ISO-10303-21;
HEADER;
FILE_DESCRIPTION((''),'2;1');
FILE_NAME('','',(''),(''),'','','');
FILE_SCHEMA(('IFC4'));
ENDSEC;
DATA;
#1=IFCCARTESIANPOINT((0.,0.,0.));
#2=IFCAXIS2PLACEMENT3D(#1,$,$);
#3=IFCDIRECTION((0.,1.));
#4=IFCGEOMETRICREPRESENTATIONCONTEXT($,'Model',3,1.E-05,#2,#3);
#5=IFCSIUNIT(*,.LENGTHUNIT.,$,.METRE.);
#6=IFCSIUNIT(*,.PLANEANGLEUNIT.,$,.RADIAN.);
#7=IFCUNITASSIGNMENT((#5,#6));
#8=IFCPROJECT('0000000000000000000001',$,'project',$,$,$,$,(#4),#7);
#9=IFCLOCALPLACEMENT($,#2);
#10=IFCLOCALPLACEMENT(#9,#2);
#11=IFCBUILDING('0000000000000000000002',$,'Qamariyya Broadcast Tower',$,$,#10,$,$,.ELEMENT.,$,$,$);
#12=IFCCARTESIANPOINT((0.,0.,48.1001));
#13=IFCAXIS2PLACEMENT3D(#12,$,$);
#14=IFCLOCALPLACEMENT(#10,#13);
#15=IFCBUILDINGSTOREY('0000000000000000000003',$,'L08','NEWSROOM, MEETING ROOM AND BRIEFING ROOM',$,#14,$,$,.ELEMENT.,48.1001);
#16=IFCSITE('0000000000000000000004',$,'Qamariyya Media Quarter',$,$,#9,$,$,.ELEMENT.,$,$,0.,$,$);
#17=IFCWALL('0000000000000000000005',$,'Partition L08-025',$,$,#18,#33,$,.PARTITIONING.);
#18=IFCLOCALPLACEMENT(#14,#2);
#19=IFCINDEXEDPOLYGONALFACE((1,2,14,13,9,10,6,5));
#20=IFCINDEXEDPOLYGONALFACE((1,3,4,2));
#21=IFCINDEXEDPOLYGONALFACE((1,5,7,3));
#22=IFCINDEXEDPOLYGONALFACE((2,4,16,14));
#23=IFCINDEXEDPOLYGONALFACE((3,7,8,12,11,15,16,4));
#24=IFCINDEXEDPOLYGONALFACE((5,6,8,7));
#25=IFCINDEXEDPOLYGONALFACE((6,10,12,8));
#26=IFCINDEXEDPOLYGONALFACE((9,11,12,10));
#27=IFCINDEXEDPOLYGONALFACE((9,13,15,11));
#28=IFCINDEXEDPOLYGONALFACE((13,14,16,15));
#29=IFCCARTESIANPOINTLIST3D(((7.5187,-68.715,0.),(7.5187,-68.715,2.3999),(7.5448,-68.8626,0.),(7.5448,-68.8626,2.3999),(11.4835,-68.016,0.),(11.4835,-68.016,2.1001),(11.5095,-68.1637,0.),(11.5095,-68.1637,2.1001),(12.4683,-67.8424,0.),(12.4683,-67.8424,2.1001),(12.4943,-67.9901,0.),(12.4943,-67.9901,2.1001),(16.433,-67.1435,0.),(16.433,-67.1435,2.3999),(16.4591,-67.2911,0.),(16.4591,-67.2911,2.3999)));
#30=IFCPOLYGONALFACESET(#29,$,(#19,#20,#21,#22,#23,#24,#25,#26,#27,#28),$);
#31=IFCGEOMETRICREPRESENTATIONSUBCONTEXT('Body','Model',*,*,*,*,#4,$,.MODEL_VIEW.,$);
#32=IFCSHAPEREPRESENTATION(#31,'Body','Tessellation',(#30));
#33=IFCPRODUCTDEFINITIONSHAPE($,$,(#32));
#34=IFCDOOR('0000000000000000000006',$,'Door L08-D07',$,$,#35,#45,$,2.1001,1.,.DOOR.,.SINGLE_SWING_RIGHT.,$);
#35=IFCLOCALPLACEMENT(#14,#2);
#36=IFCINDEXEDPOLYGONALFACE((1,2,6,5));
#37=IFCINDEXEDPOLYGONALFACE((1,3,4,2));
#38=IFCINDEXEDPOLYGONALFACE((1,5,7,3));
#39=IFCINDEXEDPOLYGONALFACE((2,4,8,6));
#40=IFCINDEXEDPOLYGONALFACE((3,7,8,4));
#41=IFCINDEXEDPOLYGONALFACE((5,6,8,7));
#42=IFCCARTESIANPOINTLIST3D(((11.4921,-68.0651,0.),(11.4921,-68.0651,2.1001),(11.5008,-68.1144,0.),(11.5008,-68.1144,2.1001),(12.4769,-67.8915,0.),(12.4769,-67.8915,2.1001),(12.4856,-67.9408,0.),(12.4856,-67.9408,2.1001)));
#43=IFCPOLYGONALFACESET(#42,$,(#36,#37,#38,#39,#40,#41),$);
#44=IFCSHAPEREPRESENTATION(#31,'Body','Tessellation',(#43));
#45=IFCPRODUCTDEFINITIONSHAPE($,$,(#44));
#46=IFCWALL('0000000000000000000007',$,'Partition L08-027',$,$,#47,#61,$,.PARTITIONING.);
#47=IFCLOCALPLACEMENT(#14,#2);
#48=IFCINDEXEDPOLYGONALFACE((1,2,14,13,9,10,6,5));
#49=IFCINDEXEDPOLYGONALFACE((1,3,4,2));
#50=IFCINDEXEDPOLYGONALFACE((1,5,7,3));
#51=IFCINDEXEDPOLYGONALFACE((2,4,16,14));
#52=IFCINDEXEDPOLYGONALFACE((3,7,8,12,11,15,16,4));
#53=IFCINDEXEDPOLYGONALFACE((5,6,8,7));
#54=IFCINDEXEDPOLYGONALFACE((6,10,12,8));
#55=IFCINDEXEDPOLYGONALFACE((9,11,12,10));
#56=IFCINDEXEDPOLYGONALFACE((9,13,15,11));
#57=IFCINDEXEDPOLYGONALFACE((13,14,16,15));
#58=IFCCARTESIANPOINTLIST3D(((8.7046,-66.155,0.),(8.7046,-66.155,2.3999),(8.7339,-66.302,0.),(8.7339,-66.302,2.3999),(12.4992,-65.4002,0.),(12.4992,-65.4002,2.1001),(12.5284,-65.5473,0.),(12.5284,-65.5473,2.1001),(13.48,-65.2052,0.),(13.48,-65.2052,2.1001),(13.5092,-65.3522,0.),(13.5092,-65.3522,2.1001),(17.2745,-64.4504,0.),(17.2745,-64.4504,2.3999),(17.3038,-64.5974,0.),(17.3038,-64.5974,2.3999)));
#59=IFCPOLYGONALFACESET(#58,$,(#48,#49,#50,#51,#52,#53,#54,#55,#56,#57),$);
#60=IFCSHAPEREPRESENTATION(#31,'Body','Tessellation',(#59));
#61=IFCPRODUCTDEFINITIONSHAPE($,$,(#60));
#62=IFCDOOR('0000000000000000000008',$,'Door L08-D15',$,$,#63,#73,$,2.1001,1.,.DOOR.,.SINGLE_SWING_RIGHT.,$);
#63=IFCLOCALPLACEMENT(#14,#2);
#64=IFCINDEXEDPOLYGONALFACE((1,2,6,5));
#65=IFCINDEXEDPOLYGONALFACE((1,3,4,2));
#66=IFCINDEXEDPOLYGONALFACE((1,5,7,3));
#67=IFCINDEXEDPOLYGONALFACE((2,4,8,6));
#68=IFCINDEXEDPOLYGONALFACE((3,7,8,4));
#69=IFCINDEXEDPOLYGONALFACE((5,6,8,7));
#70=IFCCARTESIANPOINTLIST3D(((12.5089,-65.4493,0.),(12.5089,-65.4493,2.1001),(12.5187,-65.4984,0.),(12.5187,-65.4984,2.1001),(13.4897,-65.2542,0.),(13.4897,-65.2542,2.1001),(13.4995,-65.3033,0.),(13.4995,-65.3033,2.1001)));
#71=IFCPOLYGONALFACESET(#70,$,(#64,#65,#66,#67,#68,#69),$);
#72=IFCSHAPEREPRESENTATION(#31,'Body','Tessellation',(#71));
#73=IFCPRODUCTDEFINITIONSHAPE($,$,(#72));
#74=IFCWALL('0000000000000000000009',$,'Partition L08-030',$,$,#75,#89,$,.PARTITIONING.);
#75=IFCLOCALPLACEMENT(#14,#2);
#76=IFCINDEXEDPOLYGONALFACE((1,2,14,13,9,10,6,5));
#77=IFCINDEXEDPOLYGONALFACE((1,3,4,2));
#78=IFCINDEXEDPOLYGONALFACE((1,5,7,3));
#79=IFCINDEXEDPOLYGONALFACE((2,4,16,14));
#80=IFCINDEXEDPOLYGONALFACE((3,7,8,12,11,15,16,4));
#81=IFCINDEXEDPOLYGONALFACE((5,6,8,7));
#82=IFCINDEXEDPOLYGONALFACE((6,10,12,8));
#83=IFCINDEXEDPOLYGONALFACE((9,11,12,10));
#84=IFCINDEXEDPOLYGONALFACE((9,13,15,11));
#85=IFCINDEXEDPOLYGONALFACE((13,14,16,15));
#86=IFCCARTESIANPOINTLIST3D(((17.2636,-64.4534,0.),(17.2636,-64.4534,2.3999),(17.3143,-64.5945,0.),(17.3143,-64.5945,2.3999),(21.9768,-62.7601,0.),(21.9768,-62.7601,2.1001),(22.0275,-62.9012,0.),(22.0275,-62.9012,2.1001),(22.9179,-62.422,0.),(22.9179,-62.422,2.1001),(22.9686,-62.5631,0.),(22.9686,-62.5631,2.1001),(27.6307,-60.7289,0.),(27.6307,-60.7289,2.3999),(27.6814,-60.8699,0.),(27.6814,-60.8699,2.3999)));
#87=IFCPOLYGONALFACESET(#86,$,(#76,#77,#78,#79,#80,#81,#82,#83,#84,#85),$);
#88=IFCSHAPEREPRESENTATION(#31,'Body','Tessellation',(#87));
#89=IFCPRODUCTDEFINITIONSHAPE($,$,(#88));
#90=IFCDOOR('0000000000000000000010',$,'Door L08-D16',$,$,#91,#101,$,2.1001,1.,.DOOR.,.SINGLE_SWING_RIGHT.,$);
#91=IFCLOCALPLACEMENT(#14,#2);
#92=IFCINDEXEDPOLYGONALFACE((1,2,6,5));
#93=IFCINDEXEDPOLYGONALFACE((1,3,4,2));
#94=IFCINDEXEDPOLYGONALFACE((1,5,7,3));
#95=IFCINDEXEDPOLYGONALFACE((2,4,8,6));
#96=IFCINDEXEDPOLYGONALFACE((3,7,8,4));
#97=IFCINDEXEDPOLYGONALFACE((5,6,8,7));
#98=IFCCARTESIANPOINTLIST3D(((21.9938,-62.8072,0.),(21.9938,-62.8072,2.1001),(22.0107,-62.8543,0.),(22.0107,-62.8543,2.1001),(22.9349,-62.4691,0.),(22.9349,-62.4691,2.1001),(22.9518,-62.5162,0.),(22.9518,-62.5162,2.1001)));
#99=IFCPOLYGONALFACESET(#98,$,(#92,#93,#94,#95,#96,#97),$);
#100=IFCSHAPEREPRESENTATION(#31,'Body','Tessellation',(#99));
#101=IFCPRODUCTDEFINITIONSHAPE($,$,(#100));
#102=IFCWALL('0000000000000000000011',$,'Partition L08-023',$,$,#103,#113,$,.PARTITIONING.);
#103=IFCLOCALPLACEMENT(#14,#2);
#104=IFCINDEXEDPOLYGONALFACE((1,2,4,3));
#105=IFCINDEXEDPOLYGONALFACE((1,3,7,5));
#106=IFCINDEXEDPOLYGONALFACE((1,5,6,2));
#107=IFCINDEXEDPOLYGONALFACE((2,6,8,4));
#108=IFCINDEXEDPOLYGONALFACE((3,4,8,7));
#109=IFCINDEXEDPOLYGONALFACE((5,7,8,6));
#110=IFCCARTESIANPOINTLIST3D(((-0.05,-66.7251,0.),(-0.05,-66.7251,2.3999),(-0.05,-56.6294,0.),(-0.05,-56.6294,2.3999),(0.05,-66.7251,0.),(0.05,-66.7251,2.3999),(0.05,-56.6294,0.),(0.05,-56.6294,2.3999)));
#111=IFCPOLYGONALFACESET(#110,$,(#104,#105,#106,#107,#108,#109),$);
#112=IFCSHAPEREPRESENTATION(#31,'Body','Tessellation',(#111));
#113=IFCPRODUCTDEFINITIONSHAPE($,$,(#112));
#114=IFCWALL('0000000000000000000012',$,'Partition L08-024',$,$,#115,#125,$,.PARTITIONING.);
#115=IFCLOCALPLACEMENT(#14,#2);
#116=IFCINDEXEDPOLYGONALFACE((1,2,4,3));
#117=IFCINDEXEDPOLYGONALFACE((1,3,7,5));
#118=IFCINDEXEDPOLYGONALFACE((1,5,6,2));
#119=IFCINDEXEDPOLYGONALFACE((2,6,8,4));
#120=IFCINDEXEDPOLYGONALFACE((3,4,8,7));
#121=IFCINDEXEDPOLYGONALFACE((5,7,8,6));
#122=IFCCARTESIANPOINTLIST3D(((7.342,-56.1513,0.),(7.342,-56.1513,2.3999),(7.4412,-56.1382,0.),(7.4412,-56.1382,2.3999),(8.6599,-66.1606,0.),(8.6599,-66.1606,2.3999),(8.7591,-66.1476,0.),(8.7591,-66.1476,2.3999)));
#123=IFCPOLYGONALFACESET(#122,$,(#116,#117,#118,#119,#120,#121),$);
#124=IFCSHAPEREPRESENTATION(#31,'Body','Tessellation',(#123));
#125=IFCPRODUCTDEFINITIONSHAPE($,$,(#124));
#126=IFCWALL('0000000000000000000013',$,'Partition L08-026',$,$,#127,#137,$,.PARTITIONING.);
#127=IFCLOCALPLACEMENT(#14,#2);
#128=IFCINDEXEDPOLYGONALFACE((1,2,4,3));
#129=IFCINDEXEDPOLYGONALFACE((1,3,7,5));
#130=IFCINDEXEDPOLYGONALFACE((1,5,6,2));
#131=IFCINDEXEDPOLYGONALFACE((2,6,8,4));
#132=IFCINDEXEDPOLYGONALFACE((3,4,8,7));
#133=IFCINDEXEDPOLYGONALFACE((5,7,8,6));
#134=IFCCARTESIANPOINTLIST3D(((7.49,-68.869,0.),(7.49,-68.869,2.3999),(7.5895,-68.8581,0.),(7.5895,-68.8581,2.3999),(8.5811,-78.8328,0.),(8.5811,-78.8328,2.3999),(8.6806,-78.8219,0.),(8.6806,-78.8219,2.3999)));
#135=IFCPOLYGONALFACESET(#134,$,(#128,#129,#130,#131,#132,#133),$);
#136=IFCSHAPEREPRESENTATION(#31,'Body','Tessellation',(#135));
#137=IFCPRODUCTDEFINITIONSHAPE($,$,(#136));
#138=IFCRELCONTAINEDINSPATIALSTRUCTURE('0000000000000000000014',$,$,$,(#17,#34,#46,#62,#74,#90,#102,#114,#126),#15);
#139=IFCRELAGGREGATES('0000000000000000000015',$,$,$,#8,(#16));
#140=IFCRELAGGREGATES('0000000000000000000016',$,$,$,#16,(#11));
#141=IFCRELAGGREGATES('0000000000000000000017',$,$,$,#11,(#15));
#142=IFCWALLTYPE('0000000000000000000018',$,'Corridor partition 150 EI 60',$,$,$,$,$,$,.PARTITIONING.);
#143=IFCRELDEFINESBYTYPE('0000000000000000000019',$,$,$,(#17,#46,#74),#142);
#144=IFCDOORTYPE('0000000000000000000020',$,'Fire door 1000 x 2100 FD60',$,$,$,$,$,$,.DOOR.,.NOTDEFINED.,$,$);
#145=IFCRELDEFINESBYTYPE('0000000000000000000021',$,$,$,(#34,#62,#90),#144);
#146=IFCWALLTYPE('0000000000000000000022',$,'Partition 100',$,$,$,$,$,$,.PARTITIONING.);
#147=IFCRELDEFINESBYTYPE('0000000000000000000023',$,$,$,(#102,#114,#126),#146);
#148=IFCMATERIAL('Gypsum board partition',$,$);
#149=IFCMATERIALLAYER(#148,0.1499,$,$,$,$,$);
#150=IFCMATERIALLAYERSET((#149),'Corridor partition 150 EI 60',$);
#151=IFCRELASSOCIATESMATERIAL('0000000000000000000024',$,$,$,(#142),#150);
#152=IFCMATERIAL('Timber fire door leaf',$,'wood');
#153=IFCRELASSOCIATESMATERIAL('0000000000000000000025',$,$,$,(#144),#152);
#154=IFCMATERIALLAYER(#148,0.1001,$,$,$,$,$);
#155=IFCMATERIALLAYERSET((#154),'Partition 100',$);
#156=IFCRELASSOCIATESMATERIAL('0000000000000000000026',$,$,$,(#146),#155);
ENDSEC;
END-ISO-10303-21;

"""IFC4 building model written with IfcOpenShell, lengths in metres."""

from ifc_helpers import new_model, si_unit, direction, frame, frame_2d, origin, place, context, subcontext, project, spatial, rectangle, extrude, material, layer, layer_set, type_object, element, fill, save


model = new_model("IFC4")

# Units and contexts
model_context = context("Model", 3, precision=1e-05, world=origin(), true_north=direction((0.0, 1.0)))
body_context = subcontext(model_context, "Body", "Model", "MODEL_VIEW")
ifc_project = project(units=[si_unit("LENGTHUNIT", "METRE"), si_unit("PLANEANGLEUNIT", "RADIAN")], contexts=[model_context])

# Site, building, storey
site_placement = place(None, origin())
site = spatial("IfcSite", under=ifc_project, at=site_placement, Name="Qamariyya Media Quarter", CompositionType="ELEMENT", RefElevation=0.0)
building_placement = place(site_placement, origin())
building = spatial("IfcBuilding", under=site, at=building_placement, Name="Qamariyya Broadcast Tower", CompositionType="ELEMENT")
storey_placement = place(building_placement, frame((0.0, 0.0, 48.1001)))
storey = spatial("IfcBuildingStorey", under=building, at=storey_placement, Name="L08", Description="NEWSROOM, MEETING ROOM AND BRIEFING ROOM", CompositionType="ELEMENT", Elevation=48.1001)

# Walls, openings, doors
ifc_material_1 = material(Name="Gypsum board partition")
ifc_layer_1 = layer(ifc_material_1, 0.1499)
ifc_layer_set_1 = layer_set([ifc_layer_1], Name="Corridor partition 150 EI 60")
wall_type_1 = type_object("IfcWallType", Name="Corridor partition 150 EI 60", PredefinedType="PARTITIONING", material=ifc_layer_set_1)
ifc_material_2 = material(Name="Timber fire door leaf", Category="wood")
door_type = type_object("IfcDoorType", Name="Fire door 1000 x 2100 FD60", OperationType="NOTDEFINED", PredefinedType="DOOR", material=ifc_material_2)
wall_1_placement = place(storey_placement, frame((16.446, -67.2173, 0.0), z_axis=(0.0, 0.0, 1.0), x_axis=(-0.984813, -0.173616, 0.0)))
wall_1 = element("IfcWall", 1, at=wall_1_placement, inside=storey, type_object=wall_type_1, Name="Partition L08-025", PredefinedType="PARTITIONING", context=body_context, shape_type="SweptSolid", body=[
    extrude(rectangle(XDim=9.0518, YDim=0.1499, at=frame_2d((4.5259, 0.0))), origin(), (0.0, 0.0, 1.0), 2.3999),
])
opening_1_placement = place(wall_1_placement, frame((4.0259, 0.0, 0.0)))
opening_1 = element("IfcOpeningElement", 2, at=opening_1_placement, cuts=wall_1, PredefinedType="OPENING", context=body_context, shape_type="SweptSolid", body=[
    extrude(rectangle(XDim=1.0, YDim=2.1001, at=frame_2d((0.5, 1.05))), frame((0.0, 0.085, 0.0), z_axis=(0.0, -1.0, 0.0), x_axis=(1.0, 0.0, 0.0)), (0.0, 0.0, 1.0), 0.1699),
])
door_1_placement = place(opening_1_placement, origin())
door_1 = element("IfcDoor", 3, at=door_1_placement, inside=storey, type_object=door_type, Name="Door L08-D07", OperationType="SINGLE_SWING_RIGHT", OverallHeight=2.1001, OverallWidth=1.0, PredefinedType="DOOR", context=body_context, shape_type="SweptSolid", body=[
    extrude(rectangle(XDim=1.0, YDim=2.1001, at=frame_2d((0.5, 1.05))), frame((0.0, 0.0249, 0.0), z_axis=(0.0, -1.0, 0.0), x_axis=(1.0, 0.0, 0.0)), (0.0, 0.0, 1.0), 0.05),
])
fill(opening_1, door_1)
wall_2_placement = place(storey_placement, frame((8.7192, -66.2285, 0.0), z_axis=(0.0, 0.0, 1.0), x_axis=(0.980786, 0.195084, 0.0)))
wall_2 = element("IfcWall", 4, at=wall_2_placement, inside=storey, type_object=wall_type_1, Name="Partition L08-027", PredefinedType="PARTITIONING", context=body_context, shape_type="SweptSolid", body=[
    extrude(rectangle(XDim=8.7378, YDim=0.1499, at=frame_2d((4.3689, 0.0))), origin(), (0.0, 0.0, 1.0), 2.3999),
])
opening_2_placement = place(wall_2_placement, frame((3.8689, 0.0, 0.0)))
opening_2 = element("IfcOpeningElement", 5, at=opening_2_placement, cuts=wall_2, PredefinedType="OPENING", context=body_context, shape_type="SweptSolid", body=[
    extrude(rectangle(XDim=1.0, YDim=2.1001, at=frame_2d((0.5, 1.05))), frame((0.0, 0.085, 0.0), z_axis=(0.0, -1.0, 0.0), x_axis=(1.0, 0.0, 0.0)), (0.0, 0.0, 1.0), 0.1699),
])
door_2_placement = place(opening_2_placement, origin())
door_2 = element("IfcDoor", 6, at=door_2_placement, inside=storey, type_object=door_type, Name="Door L08-D15", OperationType="SINGLE_SWING_RIGHT", OverallHeight=2.1001, OverallWidth=1.0, PredefinedType="DOOR", context=body_context, shape_type="SweptSolid", body=[
    extrude(rectangle(XDim=1.0, YDim=2.1001, at=frame_2d((0.5, 1.05))), frame((0.0, 0.0249, 0.0), z_axis=(0.0, -1.0, 0.0), x_axis=(1.0, 0.0, 0.0)), (0.0, 0.0, 1.0), 0.05),
])
fill(opening_2, door_2)
wall_3_placement = place(storey_placement, frame((17.2891, -64.5239, 0.0), z_axis=(0.0, 0.0, 1.0), x_axis=(0.941106, 0.33811, 0.0)))
wall_3 = element("IfcWall", 7, at=wall_3_placement, inside=storey, type_object=wall_type_1, Name="Partition L08-030", PredefinedType="PARTITIONING", context=body_context, shape_type="SweptSolid", body=[
    extrude(rectangle(XDim=11.0159, YDim=0.1499, at=frame_2d((5.5078, 0.0))), origin(), (0.0, 0.0, 1.0), 2.3999),
])
opening_3_placement = place(wall_3_placement, frame((5.0081, 0.0, 0.0)))
opening_3 = element("IfcOpeningElement", 8, at=opening_3_placement, cuts=wall_3, PredefinedType="OPENING", context=body_context, shape_type="SweptSolid", body=[
    extrude(rectangle(XDim=1.0, YDim=2.1001, at=frame_2d((0.5, 1.05))), frame((0.0, 0.085, 0.0), z_axis=(0.0, -1.0, 0.0), x_axis=(1.0, 0.0, 0.0)), (0.0, 0.0, 1.0), 0.1699),
])
door_3_placement = place(opening_3_placement, origin())
door_3 = element("IfcDoor", 9, at=door_3_placement, inside=storey, type_object=door_type, Name="Door L08-D16", OperationType="SINGLE_SWING_RIGHT", OverallHeight=2.1001, OverallWidth=1.0, PredefinedType="DOOR", context=body_context, shape_type="SweptSolid", body=[
    extrude(rectangle(XDim=1.0, YDim=2.1001, at=frame_2d((0.5, 1.05))), frame((0.0, 0.0249, 0.0), z_axis=(0.0, -1.0, 0.0), x_axis=(1.0, 0.0, 0.0)), (0.0, 0.0, 1.0), 0.05),
])
fill(opening_3, door_3)

# Walls
ifc_layer_2 = layer(ifc_material_1, 0.1001)
ifc_layer_set_2 = layer_set([ifc_layer_2], Name="Partition 100")
wall_type_2 = type_object("IfcWallType", Name="Partition 100", PredefinedType="PARTITIONING", material=ifc_layer_set_2)
for number, where, z_axis, x_axis, name in (
    (10, (0.0, -56.6294, 0.0), (0.0, 0.0, 1.0), (0.0, -1.0, 0.0), "Partition L08-023"),
    (11, (7.3916, -56.1448, 0.0), (0.0, 0.0, 1.0), (0.130538, -0.991443, 0.0), "Partition L08-024"),
):
    element("IfcWall", number, at=place(storey_placement, frame(where, z_axis=z_axis, x_axis=x_axis)), inside=storey, type_object=wall_type_2, Name=name, PredefinedType="PARTITIONING", context=body_context, shape_type="SweptSolid", body=[
        extrude(rectangle(XDim=10.0957, YDim=0.1001, at=frame_2d((5.0479, 0.0))), origin(), (0.0, 0.0, 1.0), 2.3999),
    ])
wall_4_placement = place(storey_placement, frame((8.6309, -78.8274, 0.0), z_axis=(0.0, 0.0, 1.0), x_axis=(-0.108851, 0.994058, 0.0)))
element("IfcWall", 12, at=wall_4_placement, inside=storey, type_object=wall_type_2, Name="Partition L08-026", PredefinedType="PARTITIONING", context=body_context, shape_type="SweptSolid", body=[
    extrude(rectangle(XDim=10.0234, YDim=0.1001, at=frame_2d((5.0117, 0.0))), origin(), (0.0, 0.0, 1.0), 2.3999),
])

save(model, "model.ifc")
